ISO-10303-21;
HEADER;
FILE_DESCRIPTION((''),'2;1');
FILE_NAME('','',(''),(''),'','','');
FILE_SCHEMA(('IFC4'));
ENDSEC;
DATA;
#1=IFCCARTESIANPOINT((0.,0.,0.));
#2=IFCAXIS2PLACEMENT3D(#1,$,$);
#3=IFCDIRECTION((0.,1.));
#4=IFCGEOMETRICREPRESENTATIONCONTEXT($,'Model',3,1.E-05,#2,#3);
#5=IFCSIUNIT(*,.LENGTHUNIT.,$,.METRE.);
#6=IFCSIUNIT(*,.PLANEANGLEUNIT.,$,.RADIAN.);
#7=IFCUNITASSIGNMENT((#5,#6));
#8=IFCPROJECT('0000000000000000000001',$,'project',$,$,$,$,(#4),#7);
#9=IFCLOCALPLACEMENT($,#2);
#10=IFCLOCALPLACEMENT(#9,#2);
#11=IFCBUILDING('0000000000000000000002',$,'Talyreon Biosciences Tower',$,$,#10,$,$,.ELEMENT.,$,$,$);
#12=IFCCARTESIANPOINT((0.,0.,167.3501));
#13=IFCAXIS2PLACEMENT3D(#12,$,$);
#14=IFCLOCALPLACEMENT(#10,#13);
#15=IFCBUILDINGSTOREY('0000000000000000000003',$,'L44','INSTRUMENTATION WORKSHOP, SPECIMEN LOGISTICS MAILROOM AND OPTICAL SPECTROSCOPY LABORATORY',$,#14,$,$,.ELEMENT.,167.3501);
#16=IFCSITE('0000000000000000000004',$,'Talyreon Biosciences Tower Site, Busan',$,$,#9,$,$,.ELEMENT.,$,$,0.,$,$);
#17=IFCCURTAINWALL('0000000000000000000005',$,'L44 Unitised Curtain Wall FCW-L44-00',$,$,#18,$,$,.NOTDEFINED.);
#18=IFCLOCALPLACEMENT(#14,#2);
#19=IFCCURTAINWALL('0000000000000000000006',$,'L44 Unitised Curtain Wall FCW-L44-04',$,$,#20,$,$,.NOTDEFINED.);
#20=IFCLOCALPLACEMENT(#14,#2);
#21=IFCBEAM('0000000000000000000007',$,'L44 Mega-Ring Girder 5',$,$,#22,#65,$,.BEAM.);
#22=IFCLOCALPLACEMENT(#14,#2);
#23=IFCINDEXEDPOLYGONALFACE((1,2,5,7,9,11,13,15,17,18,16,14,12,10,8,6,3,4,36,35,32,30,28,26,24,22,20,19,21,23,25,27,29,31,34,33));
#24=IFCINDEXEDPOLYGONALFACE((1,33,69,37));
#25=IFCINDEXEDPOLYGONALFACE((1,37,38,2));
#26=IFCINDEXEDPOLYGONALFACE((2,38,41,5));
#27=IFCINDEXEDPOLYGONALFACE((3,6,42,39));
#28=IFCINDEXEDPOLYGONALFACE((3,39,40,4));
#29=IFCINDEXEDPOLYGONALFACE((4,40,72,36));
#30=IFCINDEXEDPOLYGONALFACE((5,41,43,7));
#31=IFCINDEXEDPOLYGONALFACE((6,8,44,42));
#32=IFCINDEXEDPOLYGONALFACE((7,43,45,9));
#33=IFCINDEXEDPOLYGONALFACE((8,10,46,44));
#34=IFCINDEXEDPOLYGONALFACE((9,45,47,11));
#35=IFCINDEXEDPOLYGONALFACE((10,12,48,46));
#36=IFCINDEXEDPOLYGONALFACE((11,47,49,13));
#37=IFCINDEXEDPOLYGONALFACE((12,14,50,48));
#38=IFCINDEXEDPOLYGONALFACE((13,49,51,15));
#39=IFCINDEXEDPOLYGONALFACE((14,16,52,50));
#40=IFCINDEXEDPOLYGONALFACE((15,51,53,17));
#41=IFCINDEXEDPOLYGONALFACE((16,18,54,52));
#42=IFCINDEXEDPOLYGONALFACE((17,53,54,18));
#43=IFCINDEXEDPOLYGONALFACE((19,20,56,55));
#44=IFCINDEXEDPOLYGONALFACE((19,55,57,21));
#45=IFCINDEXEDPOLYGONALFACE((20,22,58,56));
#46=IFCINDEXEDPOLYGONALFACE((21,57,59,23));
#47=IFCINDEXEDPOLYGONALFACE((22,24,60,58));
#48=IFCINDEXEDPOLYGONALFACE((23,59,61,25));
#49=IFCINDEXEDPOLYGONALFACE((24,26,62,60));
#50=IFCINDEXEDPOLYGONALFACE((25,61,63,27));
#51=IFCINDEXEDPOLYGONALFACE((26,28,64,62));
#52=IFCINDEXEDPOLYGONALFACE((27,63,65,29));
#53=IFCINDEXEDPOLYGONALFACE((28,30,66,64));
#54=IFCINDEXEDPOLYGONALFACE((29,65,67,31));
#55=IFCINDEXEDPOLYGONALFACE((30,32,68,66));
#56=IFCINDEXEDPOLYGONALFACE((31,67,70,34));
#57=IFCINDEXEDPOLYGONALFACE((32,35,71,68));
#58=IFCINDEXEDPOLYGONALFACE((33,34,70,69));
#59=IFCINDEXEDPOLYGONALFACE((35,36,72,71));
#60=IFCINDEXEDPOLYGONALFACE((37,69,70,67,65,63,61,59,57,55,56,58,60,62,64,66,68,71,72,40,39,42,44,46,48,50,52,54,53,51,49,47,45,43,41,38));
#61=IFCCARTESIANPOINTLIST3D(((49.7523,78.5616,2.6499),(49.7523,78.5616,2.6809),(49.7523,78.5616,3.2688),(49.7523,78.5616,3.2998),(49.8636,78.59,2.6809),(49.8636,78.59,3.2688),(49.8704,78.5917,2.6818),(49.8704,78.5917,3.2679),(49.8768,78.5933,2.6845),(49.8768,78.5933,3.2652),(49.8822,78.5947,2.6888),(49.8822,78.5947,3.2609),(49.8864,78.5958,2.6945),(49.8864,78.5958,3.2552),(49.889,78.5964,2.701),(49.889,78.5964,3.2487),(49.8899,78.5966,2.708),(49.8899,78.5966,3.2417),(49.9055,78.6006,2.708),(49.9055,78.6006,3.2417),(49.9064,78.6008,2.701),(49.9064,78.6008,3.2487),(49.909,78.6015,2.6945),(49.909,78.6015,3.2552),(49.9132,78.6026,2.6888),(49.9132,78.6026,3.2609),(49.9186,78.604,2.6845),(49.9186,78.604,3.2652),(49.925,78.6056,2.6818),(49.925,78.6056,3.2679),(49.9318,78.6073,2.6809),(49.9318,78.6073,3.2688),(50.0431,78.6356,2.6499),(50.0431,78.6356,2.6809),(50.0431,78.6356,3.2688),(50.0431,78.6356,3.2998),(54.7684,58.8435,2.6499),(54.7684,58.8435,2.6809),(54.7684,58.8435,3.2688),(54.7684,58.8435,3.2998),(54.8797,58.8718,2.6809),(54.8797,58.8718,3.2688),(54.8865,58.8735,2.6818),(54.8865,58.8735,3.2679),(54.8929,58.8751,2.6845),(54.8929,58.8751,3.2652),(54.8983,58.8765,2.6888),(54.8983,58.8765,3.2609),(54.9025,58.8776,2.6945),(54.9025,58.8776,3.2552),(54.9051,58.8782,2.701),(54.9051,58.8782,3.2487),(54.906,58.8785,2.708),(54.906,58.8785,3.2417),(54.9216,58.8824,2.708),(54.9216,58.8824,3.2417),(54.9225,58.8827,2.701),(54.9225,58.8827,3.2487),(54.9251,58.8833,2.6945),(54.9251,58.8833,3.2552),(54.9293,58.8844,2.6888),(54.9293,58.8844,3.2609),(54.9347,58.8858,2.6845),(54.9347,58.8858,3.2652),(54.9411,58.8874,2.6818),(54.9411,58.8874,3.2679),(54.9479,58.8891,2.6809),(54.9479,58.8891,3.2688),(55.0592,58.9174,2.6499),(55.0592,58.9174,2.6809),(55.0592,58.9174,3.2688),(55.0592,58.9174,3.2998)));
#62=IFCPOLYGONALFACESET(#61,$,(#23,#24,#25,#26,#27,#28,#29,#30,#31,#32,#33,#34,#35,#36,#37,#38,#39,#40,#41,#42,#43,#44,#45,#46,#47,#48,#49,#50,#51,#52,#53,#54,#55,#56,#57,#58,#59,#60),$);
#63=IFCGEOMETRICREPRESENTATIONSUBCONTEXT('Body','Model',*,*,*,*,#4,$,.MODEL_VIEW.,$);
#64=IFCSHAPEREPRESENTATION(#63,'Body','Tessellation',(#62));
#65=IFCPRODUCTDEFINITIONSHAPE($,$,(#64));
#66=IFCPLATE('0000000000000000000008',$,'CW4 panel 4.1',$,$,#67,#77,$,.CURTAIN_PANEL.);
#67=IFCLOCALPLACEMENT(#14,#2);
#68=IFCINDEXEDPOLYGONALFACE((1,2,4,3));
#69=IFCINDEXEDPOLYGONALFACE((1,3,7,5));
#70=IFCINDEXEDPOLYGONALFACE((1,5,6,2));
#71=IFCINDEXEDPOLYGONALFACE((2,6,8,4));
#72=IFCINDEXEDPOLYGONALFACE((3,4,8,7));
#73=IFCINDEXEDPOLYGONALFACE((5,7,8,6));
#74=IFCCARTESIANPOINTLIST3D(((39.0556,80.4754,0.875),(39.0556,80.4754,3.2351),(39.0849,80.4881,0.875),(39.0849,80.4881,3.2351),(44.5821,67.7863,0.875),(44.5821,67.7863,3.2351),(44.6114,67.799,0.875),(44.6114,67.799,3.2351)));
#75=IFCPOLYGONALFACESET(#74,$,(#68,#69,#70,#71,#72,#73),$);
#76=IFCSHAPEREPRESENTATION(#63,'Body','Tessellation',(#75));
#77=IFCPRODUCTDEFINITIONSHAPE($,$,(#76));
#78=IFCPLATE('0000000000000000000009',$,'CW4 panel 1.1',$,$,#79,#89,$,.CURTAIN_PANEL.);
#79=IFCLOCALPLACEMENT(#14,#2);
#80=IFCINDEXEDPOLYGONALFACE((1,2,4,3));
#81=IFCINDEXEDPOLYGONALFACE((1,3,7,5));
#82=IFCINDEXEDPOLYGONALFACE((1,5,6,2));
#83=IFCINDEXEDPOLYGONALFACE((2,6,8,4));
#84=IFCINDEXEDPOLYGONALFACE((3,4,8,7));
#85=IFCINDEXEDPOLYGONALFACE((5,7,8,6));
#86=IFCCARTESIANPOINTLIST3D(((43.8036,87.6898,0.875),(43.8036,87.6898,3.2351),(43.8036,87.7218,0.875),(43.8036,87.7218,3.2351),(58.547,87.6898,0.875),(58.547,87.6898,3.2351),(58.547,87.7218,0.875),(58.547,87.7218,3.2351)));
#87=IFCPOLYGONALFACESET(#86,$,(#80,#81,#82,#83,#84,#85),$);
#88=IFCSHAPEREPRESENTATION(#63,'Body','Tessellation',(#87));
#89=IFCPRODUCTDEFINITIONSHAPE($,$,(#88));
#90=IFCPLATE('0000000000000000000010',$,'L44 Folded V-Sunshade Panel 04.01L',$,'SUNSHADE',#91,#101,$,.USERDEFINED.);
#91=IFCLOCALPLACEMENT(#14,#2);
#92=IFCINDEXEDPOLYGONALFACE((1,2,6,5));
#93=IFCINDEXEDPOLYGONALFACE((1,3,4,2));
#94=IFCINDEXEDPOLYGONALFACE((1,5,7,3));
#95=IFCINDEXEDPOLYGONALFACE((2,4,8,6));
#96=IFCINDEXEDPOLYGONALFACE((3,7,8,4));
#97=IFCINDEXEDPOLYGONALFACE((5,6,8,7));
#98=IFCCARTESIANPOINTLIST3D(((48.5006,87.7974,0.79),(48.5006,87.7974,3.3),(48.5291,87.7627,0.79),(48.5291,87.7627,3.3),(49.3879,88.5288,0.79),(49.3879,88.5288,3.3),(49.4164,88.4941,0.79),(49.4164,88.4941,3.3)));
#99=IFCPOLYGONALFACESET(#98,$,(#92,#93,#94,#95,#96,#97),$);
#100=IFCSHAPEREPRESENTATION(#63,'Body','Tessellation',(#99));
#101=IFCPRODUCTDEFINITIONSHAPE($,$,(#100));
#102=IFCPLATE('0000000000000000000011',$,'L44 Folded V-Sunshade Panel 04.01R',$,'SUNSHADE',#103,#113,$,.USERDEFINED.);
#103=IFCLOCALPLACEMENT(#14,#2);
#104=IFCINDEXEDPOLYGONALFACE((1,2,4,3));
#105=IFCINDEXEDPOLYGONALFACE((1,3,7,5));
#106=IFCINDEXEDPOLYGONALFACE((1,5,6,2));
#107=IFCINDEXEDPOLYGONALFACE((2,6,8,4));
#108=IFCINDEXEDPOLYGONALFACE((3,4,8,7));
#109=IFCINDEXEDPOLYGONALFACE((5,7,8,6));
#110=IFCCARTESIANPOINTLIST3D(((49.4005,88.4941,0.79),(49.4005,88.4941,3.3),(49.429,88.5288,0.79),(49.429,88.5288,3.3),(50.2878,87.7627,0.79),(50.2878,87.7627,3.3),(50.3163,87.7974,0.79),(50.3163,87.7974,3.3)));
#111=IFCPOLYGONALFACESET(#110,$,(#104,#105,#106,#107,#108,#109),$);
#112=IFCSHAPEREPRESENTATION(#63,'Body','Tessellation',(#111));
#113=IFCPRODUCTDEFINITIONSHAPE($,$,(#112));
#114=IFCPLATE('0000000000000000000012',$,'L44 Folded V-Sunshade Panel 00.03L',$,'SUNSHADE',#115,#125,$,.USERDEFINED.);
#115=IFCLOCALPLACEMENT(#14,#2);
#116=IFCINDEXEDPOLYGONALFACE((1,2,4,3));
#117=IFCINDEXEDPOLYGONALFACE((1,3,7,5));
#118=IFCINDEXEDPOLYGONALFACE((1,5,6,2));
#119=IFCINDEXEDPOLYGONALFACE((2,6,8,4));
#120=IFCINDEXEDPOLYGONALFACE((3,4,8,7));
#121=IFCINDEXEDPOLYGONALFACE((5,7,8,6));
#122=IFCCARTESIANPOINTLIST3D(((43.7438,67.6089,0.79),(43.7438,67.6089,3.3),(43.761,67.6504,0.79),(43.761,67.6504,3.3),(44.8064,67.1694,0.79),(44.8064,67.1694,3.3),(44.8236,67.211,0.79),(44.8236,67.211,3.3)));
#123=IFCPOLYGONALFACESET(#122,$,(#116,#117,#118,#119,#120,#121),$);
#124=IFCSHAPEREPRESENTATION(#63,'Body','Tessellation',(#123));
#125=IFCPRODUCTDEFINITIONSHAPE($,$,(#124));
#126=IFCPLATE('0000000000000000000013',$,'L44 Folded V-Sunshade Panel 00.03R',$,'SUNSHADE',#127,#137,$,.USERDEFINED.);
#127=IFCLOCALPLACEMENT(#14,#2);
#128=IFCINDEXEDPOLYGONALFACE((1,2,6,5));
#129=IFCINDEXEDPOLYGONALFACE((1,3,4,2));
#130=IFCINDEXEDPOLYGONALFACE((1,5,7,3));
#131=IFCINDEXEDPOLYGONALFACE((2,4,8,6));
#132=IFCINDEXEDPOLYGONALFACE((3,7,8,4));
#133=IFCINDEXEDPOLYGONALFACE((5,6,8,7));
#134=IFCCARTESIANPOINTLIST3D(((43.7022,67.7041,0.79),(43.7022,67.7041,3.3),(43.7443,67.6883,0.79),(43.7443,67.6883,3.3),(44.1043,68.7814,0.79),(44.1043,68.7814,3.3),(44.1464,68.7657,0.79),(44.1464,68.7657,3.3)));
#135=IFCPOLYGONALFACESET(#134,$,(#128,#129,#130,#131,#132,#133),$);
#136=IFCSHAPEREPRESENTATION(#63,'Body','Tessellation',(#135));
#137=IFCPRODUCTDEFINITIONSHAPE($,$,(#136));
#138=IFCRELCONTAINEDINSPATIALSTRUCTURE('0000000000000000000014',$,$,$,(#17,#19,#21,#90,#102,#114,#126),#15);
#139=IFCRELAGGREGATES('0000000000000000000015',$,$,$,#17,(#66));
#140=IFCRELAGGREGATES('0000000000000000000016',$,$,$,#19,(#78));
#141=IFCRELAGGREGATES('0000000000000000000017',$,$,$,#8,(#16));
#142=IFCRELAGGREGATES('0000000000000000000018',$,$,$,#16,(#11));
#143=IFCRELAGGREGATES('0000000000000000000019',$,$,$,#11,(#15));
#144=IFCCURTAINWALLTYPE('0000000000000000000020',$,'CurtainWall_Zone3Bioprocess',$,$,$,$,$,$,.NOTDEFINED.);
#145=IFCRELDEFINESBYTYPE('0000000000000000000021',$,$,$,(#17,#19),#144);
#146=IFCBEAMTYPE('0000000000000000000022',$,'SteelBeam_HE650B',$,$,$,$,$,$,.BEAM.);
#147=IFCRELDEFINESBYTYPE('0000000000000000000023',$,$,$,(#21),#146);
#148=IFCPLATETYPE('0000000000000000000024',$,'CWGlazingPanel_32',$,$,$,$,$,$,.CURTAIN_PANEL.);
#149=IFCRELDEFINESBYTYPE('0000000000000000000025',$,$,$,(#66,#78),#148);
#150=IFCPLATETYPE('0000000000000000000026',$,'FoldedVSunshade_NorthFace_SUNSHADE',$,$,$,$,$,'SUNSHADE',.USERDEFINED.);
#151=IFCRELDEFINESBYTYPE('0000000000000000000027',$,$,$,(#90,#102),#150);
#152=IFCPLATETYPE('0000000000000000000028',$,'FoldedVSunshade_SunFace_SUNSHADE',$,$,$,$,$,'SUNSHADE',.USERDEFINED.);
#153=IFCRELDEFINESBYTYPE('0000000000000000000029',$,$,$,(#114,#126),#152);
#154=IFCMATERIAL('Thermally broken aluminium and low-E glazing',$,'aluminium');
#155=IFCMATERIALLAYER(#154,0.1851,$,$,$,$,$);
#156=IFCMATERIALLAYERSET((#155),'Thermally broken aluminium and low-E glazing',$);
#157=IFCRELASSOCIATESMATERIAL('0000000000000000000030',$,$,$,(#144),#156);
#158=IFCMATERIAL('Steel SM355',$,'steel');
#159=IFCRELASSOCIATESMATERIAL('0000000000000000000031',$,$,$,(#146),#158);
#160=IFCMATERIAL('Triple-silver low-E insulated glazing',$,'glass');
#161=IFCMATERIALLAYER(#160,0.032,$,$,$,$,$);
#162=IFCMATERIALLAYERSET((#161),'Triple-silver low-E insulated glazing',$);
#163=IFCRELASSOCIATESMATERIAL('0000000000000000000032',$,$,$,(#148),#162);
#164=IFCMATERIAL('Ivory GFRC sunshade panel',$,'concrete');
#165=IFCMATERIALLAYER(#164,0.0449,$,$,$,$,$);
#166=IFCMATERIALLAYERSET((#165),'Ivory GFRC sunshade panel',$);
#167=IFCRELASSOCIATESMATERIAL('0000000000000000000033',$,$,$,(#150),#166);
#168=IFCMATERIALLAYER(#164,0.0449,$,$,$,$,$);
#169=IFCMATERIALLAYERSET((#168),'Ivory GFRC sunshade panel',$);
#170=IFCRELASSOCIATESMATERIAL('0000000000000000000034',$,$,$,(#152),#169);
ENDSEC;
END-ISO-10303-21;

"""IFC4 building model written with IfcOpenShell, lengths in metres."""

from ifc_helpers import new_model, si_unit, direction, frame, origin, origin_2d, place, context, subcontext, project, spatial, rectangle, i_section, extrude, material, layer, layer_set, material_profile, profile_set, type_object, element, aggregate, save


model = new_model("IFC4")

# Units and contexts
model_context = context("Model", 3, precision=1e-05, world=origin(), true_north=direction((0.0, 1.0)))
body_context = subcontext(model_context, "Body", "Model", "MODEL_VIEW")
ifc_project = project(units=[si_unit("LENGTHUNIT", "METRE"), si_unit("PLANEANGLEUNIT", "RADIAN")], contexts=[model_context])

# Site, building, storey
site_placement = place(None, origin())
site = spatial("IfcSite", under=ifc_project, at=site_placement, Name="Talyreon Biosciences Tower Site, Busan", CompositionType="ELEMENT", RefElevation=0.0)
building_placement = place(site_placement, origin())
building = spatial("IfcBuilding", under=site, at=building_placement, Name="Talyreon Biosciences Tower", CompositionType="ELEMENT")
storey_placement = place(building_placement, frame((0.0, 0.0, 167.3501)))
storey = spatial("IfcBuildingStorey", under=building, at=storey_placement, Name="L44", Description="INSTRUMENTATION WORKSHOP, SPECIMEN LOGISTICS MAILROOM AND OPTICAL SPECTROSCOPY LABORATORY", CompositionType="ELEMENT", Elevation=167.3501)

# Curtain wall
ifc_material_1 = material(Name="Thermally broken aluminium and low-E glazing", Category="aluminium")
ifc_layer_1 = layer(ifc_material_1, 0.1851)
ifc_layer_set_1 = layer_set([ifc_layer_1], Name="Thermally broken aluminium and low-E glazing")
curtain_wall_type = type_object("IfcCurtainWallType", Name="CurtainWall_Zone3Bioprocess", PredefinedType="NOTDEFINED", material=ifc_layer_set_1)
curtain_wall_1_placement = place(storey_placement, origin())
curtain_wall_1 = element("IfcCurtainWall", 1, at=curtain_wall_1_placement, inside=storey, type_object=curtain_wall_type, Name="L44 Unitised Curtain Wall FCW-L44-00", PredefinedType="NOTDEFINED")

# Curtain wall
curtain_wall_2_placement = place(storey_placement, origin())
curtain_wall_2 = element("IfcCurtainWall", 2, at=curtain_wall_2_placement, inside=storey, type_object=curtain_wall_type, Name="L44 Unitised Curtain Wall FCW-L44-04", PredefinedType="NOTDEFINED")

# Beam
ifc_material_2 = material(Name="Steel SM355", Category="steel")
ifc_material_profile_1 = material_profile(ifc_material_2, i_section(OverallWidth=0.3, OverallDepth=0.6499, WebThickness=0.0161, FlangeThickness=0.031, FilletRadius=0.0271, at=origin_2d()), Name="HE650B")
ifc_profile_set_1 = profile_set([ifc_material_profile_1], Name="Steel SM355")
beam_type_1 = type_object("IfcBeamType", Name="SteelBeam_HE650B", PredefinedType="BEAM", material=ifc_profile_set_1)
beam_1_placement = place(storey_placement, frame((49.8977, 78.5986, 2.9749), z_axis=(0.246537, -0.969133, 0.0), x_axis=(0.969133, 0.246537, 0.0)))
element("IfcBeam", 3, at=beam_1_placement, inside=storey, type_object=beam_type_1, Name="L44 Mega-Ring Girder 5", PredefinedType="BEAM", context=body_context, shape_type="SweptSolid", body=[
    extrude(i_section(OverallWidth=0.3, OverallDepth=0.6499, WebThickness=0.0161, FlangeThickness=0.031, FilletRadius=0.0271, at=origin_2d()), origin(), (0.0, 0.0, 1.0), 20.3462),
])

# Plates
ifc_material_3 = material(Name="Triple-silver low-E insulated glazing", Category="glass")
ifc_layer_2 = layer(ifc_material_3, 0.032)
ifc_layer_set_2 = layer_set([ifc_layer_2], Name="Triple-silver low-E insulated glazing")
plate_type_1 = type_object("IfcPlateType", Name="CWGlazingPanel_32", PredefinedType="CURTAIN_PANEL", material=ifc_layer_set_2)
plate_1_placement = place(storey_placement, frame((41.8335, 74.1372, 0.875), z_axis=(0.0, 0.0, 1.0), x_axis=(-0.3993, 0.91682, 0.0)))
plate_1 = element("IfcPlate", 4, at=plate_1_placement, type_object=plate_type_1, Name="CW4 panel 4.1", PredefinedType="CURTAIN_PANEL", context=body_context, shape_type="SweptSolid", body=[
    extrude(rectangle(XDim=13.8403, YDim=0.032, at=origin_2d()), origin(), (0.0, 0.0, 1.0), 2.3601),
])
aggregate(curtain_wall_1, [plate_1])
plate_2_placement = place(storey_placement, frame((51.1753, 87.7058, 0.875), z_axis=(0.0, 0.0, 1.0), x_axis=(1.0, 0.0, 0.0)))
plate_2 = element("IfcPlate", 5, at=plate_2_placement, type_object=plate_type_1, Name="CW4 panel 1.1", PredefinedType="CURTAIN_PANEL", context=body_context, shape_type="SweptSolid", body=[
    extrude(rectangle(XDim=14.7434, YDim=0.032, at=origin_2d()), origin(), (0.0, 0.0, 1.0), 2.3601),
])
aggregate(curtain_wall_2, [plate_2])

# Plates
ifc_material_4 = material(Name="Ivory GFRC sunshade panel", Category="concrete")
ifc_layer_3 = layer(ifc_material_4, 0.0449)
ifc_layer_set_3 = layer_set([ifc_layer_3], Name="Ivory GFRC sunshade panel")
plate_type_2 = type_object("IfcPlateType", Name="FoldedVSunshade_NorthFace_SUNSHADE", ElementType="SUNSHADE", PredefinedType="USERDEFINED", material=ifc_layer_set_3)
for number, where, z_axis, x_axis, name in (
    (6, (48.9585, 88.1458, 0.79), (0.0, 0.0, 1.0), (0.771625, 0.636078, 0.0), "L44 Folded V-Sunshade Panel 04.01L"),
    (7, (49.8584, 88.1458, 0.79), (0.0, 0.0, 1.0), (0.771625, -0.636078, 0.0), "L44 Folded V-Sunshade Panel 04.01R"),
):
    element("IfcPlate", number, at=place(storey_placement, frame(where, z_axis=z_axis, x_axis=x_axis)), inside=storey, type_object=plate_type_2, Name=name, ObjectType="SUNSHADE", PredefinedType="USERDEFINED", context=body_context, shape_type="SweptSolid", body=[
        extrude(rectangle(XDim=1.1499, YDim=0.0449, at=origin_2d()), origin(), (0.0, 0.0, 1.0), 2.51),
    ])
ifc_layer_4 = layer(ifc_material_4, 0.0449)
ifc_layer_set_4 = layer_set([ifc_layer_4], Name="Ivory GFRC sunshade panel")
plate_type_3 = type_object("IfcPlateType", Name="FoldedVSunshade_SunFace_SUNSHADE", ElementType="SUNSHADE", PredefinedType="USERDEFINED", material=ifc_layer_set_4)
for number, where, z_axis, x_axis, name in (
    (8, (44.2837, 67.4099, 0.79), (0.0, 0.0, 1.0), (-0.924106, 0.382135, 0.0), "L44 Folded V-Sunshade Panel 00.03L"),
    (9, (43.9243, 68.2349, 0.79), (0.0, 0.0, 1.0), (0.349651, 0.93688, 0.0), "L44 Folded V-Sunshade Panel 00.03R"),
):
    element("IfcPlate", number, at=place(storey_placement, frame(where, z_axis=z_axis, x_axis=x_axis)), inside=storey, type_object=plate_type_3, Name=name, ObjectType="SUNSHADE", PredefinedType="USERDEFINED", context=body_context, shape_type="SweptSolid", body=[
        extrude(rectangle(XDim=1.1499, YDim=0.0449, at=origin_2d()), origin(), (0.0, 0.0, 1.0), 2.51),
    ])

save(model, "model.ifc")
